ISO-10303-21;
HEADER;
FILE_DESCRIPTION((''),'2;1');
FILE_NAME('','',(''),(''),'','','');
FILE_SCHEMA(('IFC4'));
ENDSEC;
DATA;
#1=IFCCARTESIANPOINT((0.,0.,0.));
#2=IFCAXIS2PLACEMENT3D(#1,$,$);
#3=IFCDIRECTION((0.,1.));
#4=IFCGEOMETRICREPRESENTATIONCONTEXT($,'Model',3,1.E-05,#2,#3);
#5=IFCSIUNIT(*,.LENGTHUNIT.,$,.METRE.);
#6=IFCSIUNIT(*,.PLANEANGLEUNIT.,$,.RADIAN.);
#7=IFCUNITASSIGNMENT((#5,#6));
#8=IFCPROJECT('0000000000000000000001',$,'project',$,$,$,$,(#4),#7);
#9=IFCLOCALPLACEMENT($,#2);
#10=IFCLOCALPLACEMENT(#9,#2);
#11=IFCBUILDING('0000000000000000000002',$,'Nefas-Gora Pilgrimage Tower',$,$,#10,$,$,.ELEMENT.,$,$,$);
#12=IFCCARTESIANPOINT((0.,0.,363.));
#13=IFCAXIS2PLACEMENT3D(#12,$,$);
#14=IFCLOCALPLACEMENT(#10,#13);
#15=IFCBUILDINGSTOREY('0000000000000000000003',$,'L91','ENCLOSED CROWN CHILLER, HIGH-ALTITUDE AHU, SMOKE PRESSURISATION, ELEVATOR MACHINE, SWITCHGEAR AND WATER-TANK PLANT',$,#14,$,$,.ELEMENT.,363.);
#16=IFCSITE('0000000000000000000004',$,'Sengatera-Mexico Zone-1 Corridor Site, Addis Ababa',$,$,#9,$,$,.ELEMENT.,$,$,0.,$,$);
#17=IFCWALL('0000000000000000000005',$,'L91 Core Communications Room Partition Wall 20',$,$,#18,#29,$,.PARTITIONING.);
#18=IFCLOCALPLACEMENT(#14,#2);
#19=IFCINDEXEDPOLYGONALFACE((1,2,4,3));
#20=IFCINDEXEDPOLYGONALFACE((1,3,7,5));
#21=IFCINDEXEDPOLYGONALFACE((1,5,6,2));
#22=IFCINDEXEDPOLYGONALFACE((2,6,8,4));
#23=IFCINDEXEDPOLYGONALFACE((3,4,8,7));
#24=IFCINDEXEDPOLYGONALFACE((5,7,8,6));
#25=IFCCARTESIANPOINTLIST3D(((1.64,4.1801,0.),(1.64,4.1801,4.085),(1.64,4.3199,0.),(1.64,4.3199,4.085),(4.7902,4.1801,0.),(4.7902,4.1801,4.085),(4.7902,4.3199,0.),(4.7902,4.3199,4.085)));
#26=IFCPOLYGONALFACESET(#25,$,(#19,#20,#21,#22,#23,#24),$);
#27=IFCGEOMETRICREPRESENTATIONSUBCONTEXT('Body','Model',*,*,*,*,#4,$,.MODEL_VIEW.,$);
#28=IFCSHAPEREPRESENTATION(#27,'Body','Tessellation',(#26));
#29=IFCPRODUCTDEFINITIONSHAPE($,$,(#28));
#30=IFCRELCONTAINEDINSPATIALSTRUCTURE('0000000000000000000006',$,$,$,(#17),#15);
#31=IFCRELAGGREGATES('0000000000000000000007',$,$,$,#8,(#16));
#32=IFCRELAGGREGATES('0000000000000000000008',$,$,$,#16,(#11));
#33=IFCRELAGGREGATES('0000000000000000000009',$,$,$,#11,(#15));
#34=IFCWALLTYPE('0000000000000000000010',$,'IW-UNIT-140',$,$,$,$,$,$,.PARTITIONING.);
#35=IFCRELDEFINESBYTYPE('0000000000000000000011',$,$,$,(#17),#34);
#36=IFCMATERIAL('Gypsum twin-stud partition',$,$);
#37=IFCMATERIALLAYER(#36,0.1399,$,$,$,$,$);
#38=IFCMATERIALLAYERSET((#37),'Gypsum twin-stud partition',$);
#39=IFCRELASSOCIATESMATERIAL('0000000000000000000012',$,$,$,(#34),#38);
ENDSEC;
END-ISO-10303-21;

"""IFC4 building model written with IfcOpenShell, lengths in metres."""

from ifc_helpers import new_model, si_unit, direction, frame, frame_2d, origin, place, context, subcontext, project, spatial, rectangle, extrude, source, transform, mapped, material, layer, layer_set, type_object, element, save


model = new_model("IFC4")

# Units and contexts
model_context = context("Model", 3, precision=1e-05, world=origin(), true_north=direction((0.0, 1.0)))
body_context = subcontext(model_context, "Body", "Model", "MODEL_VIEW")
ifc_project = project(units=[si_unit("LENGTHUNIT", "METRE"), si_unit("PLANEANGLEUNIT", "RADIAN")], contexts=[model_context])

# Site, building, storey
site_placement = place(None, origin())
site = spatial("IfcSite", under=ifc_project, at=site_placement, Name="Sengatera-Mexico Zone-1 Corridor Site, Addis Ababa", CompositionType="ELEMENT", RefElevation=0.0)
building_placement = place(site_placement, origin())
building = spatial("IfcBuilding", under=site, at=building_placement, Name="Nefas-Gora Pilgrimage Tower", CompositionType="ELEMENT")
storey_placement = place(building_placement, frame((0.0, 0.0, 363.0)))
storey = spatial("IfcBuildingStorey", under=building, at=storey_placement, Name="L91", Description="ENCLOSED CROWN CHILLER, HIGH-ALTITUDE AHU, SMOKE PRESSURISATION, ELEVATOR MACHINE, SWITCHGEAR AND WATER-TANK PLANT", CompositionType="ELEMENT", Elevation=363.0)

# Wall
ifc_material_1 = material(Name="Gypsum twin-stud partition")
ifc_layer_1 = layer(ifc_material_1, 0.1399)
ifc_layer_set_1 = layer_set([ifc_layer_1], Name="Gypsum twin-stud partition")
wall_type_1 = type_object("IfcWallType", Name="IW-UNIT-140", PredefinedType="PARTITIONING", material=ifc_layer_set_1)
shared_shape_1 = source(origin(), body_context, "Body", "SweptSolid", [
    extrude(rectangle(XDim=3.1501, YDim=0.1399, at=frame_2d((1.5752, 0.0))), origin(), (0.0, 0.0, 1.0), 4.085),
])
wall_1_placement = place(storey_placement, frame((1.6399, 4.25, 0.0), z_axis=(0.0, 0.0, 1.0), x_axis=(1.0, 0.0, 0.0)))
element("IfcWall", 1, at=wall_1_placement, inside=storey, type_object=wall_type_1, Name="L91 Core Communications Room Partition Wall 20", PredefinedType="PARTITIONING", context=body_context, shape_type="MappedRepresentation", body=[
    mapped(shared_shape_1, transform((0.0, 0.0, 0.0), x_axis=(1.0, 0.0, 0.0), y_axis=(0.0, 1.0, 0.0), z_axis=(0.0, 0.0, 1.0), scale=1.0)),
])

save(model, "model.ifc")
